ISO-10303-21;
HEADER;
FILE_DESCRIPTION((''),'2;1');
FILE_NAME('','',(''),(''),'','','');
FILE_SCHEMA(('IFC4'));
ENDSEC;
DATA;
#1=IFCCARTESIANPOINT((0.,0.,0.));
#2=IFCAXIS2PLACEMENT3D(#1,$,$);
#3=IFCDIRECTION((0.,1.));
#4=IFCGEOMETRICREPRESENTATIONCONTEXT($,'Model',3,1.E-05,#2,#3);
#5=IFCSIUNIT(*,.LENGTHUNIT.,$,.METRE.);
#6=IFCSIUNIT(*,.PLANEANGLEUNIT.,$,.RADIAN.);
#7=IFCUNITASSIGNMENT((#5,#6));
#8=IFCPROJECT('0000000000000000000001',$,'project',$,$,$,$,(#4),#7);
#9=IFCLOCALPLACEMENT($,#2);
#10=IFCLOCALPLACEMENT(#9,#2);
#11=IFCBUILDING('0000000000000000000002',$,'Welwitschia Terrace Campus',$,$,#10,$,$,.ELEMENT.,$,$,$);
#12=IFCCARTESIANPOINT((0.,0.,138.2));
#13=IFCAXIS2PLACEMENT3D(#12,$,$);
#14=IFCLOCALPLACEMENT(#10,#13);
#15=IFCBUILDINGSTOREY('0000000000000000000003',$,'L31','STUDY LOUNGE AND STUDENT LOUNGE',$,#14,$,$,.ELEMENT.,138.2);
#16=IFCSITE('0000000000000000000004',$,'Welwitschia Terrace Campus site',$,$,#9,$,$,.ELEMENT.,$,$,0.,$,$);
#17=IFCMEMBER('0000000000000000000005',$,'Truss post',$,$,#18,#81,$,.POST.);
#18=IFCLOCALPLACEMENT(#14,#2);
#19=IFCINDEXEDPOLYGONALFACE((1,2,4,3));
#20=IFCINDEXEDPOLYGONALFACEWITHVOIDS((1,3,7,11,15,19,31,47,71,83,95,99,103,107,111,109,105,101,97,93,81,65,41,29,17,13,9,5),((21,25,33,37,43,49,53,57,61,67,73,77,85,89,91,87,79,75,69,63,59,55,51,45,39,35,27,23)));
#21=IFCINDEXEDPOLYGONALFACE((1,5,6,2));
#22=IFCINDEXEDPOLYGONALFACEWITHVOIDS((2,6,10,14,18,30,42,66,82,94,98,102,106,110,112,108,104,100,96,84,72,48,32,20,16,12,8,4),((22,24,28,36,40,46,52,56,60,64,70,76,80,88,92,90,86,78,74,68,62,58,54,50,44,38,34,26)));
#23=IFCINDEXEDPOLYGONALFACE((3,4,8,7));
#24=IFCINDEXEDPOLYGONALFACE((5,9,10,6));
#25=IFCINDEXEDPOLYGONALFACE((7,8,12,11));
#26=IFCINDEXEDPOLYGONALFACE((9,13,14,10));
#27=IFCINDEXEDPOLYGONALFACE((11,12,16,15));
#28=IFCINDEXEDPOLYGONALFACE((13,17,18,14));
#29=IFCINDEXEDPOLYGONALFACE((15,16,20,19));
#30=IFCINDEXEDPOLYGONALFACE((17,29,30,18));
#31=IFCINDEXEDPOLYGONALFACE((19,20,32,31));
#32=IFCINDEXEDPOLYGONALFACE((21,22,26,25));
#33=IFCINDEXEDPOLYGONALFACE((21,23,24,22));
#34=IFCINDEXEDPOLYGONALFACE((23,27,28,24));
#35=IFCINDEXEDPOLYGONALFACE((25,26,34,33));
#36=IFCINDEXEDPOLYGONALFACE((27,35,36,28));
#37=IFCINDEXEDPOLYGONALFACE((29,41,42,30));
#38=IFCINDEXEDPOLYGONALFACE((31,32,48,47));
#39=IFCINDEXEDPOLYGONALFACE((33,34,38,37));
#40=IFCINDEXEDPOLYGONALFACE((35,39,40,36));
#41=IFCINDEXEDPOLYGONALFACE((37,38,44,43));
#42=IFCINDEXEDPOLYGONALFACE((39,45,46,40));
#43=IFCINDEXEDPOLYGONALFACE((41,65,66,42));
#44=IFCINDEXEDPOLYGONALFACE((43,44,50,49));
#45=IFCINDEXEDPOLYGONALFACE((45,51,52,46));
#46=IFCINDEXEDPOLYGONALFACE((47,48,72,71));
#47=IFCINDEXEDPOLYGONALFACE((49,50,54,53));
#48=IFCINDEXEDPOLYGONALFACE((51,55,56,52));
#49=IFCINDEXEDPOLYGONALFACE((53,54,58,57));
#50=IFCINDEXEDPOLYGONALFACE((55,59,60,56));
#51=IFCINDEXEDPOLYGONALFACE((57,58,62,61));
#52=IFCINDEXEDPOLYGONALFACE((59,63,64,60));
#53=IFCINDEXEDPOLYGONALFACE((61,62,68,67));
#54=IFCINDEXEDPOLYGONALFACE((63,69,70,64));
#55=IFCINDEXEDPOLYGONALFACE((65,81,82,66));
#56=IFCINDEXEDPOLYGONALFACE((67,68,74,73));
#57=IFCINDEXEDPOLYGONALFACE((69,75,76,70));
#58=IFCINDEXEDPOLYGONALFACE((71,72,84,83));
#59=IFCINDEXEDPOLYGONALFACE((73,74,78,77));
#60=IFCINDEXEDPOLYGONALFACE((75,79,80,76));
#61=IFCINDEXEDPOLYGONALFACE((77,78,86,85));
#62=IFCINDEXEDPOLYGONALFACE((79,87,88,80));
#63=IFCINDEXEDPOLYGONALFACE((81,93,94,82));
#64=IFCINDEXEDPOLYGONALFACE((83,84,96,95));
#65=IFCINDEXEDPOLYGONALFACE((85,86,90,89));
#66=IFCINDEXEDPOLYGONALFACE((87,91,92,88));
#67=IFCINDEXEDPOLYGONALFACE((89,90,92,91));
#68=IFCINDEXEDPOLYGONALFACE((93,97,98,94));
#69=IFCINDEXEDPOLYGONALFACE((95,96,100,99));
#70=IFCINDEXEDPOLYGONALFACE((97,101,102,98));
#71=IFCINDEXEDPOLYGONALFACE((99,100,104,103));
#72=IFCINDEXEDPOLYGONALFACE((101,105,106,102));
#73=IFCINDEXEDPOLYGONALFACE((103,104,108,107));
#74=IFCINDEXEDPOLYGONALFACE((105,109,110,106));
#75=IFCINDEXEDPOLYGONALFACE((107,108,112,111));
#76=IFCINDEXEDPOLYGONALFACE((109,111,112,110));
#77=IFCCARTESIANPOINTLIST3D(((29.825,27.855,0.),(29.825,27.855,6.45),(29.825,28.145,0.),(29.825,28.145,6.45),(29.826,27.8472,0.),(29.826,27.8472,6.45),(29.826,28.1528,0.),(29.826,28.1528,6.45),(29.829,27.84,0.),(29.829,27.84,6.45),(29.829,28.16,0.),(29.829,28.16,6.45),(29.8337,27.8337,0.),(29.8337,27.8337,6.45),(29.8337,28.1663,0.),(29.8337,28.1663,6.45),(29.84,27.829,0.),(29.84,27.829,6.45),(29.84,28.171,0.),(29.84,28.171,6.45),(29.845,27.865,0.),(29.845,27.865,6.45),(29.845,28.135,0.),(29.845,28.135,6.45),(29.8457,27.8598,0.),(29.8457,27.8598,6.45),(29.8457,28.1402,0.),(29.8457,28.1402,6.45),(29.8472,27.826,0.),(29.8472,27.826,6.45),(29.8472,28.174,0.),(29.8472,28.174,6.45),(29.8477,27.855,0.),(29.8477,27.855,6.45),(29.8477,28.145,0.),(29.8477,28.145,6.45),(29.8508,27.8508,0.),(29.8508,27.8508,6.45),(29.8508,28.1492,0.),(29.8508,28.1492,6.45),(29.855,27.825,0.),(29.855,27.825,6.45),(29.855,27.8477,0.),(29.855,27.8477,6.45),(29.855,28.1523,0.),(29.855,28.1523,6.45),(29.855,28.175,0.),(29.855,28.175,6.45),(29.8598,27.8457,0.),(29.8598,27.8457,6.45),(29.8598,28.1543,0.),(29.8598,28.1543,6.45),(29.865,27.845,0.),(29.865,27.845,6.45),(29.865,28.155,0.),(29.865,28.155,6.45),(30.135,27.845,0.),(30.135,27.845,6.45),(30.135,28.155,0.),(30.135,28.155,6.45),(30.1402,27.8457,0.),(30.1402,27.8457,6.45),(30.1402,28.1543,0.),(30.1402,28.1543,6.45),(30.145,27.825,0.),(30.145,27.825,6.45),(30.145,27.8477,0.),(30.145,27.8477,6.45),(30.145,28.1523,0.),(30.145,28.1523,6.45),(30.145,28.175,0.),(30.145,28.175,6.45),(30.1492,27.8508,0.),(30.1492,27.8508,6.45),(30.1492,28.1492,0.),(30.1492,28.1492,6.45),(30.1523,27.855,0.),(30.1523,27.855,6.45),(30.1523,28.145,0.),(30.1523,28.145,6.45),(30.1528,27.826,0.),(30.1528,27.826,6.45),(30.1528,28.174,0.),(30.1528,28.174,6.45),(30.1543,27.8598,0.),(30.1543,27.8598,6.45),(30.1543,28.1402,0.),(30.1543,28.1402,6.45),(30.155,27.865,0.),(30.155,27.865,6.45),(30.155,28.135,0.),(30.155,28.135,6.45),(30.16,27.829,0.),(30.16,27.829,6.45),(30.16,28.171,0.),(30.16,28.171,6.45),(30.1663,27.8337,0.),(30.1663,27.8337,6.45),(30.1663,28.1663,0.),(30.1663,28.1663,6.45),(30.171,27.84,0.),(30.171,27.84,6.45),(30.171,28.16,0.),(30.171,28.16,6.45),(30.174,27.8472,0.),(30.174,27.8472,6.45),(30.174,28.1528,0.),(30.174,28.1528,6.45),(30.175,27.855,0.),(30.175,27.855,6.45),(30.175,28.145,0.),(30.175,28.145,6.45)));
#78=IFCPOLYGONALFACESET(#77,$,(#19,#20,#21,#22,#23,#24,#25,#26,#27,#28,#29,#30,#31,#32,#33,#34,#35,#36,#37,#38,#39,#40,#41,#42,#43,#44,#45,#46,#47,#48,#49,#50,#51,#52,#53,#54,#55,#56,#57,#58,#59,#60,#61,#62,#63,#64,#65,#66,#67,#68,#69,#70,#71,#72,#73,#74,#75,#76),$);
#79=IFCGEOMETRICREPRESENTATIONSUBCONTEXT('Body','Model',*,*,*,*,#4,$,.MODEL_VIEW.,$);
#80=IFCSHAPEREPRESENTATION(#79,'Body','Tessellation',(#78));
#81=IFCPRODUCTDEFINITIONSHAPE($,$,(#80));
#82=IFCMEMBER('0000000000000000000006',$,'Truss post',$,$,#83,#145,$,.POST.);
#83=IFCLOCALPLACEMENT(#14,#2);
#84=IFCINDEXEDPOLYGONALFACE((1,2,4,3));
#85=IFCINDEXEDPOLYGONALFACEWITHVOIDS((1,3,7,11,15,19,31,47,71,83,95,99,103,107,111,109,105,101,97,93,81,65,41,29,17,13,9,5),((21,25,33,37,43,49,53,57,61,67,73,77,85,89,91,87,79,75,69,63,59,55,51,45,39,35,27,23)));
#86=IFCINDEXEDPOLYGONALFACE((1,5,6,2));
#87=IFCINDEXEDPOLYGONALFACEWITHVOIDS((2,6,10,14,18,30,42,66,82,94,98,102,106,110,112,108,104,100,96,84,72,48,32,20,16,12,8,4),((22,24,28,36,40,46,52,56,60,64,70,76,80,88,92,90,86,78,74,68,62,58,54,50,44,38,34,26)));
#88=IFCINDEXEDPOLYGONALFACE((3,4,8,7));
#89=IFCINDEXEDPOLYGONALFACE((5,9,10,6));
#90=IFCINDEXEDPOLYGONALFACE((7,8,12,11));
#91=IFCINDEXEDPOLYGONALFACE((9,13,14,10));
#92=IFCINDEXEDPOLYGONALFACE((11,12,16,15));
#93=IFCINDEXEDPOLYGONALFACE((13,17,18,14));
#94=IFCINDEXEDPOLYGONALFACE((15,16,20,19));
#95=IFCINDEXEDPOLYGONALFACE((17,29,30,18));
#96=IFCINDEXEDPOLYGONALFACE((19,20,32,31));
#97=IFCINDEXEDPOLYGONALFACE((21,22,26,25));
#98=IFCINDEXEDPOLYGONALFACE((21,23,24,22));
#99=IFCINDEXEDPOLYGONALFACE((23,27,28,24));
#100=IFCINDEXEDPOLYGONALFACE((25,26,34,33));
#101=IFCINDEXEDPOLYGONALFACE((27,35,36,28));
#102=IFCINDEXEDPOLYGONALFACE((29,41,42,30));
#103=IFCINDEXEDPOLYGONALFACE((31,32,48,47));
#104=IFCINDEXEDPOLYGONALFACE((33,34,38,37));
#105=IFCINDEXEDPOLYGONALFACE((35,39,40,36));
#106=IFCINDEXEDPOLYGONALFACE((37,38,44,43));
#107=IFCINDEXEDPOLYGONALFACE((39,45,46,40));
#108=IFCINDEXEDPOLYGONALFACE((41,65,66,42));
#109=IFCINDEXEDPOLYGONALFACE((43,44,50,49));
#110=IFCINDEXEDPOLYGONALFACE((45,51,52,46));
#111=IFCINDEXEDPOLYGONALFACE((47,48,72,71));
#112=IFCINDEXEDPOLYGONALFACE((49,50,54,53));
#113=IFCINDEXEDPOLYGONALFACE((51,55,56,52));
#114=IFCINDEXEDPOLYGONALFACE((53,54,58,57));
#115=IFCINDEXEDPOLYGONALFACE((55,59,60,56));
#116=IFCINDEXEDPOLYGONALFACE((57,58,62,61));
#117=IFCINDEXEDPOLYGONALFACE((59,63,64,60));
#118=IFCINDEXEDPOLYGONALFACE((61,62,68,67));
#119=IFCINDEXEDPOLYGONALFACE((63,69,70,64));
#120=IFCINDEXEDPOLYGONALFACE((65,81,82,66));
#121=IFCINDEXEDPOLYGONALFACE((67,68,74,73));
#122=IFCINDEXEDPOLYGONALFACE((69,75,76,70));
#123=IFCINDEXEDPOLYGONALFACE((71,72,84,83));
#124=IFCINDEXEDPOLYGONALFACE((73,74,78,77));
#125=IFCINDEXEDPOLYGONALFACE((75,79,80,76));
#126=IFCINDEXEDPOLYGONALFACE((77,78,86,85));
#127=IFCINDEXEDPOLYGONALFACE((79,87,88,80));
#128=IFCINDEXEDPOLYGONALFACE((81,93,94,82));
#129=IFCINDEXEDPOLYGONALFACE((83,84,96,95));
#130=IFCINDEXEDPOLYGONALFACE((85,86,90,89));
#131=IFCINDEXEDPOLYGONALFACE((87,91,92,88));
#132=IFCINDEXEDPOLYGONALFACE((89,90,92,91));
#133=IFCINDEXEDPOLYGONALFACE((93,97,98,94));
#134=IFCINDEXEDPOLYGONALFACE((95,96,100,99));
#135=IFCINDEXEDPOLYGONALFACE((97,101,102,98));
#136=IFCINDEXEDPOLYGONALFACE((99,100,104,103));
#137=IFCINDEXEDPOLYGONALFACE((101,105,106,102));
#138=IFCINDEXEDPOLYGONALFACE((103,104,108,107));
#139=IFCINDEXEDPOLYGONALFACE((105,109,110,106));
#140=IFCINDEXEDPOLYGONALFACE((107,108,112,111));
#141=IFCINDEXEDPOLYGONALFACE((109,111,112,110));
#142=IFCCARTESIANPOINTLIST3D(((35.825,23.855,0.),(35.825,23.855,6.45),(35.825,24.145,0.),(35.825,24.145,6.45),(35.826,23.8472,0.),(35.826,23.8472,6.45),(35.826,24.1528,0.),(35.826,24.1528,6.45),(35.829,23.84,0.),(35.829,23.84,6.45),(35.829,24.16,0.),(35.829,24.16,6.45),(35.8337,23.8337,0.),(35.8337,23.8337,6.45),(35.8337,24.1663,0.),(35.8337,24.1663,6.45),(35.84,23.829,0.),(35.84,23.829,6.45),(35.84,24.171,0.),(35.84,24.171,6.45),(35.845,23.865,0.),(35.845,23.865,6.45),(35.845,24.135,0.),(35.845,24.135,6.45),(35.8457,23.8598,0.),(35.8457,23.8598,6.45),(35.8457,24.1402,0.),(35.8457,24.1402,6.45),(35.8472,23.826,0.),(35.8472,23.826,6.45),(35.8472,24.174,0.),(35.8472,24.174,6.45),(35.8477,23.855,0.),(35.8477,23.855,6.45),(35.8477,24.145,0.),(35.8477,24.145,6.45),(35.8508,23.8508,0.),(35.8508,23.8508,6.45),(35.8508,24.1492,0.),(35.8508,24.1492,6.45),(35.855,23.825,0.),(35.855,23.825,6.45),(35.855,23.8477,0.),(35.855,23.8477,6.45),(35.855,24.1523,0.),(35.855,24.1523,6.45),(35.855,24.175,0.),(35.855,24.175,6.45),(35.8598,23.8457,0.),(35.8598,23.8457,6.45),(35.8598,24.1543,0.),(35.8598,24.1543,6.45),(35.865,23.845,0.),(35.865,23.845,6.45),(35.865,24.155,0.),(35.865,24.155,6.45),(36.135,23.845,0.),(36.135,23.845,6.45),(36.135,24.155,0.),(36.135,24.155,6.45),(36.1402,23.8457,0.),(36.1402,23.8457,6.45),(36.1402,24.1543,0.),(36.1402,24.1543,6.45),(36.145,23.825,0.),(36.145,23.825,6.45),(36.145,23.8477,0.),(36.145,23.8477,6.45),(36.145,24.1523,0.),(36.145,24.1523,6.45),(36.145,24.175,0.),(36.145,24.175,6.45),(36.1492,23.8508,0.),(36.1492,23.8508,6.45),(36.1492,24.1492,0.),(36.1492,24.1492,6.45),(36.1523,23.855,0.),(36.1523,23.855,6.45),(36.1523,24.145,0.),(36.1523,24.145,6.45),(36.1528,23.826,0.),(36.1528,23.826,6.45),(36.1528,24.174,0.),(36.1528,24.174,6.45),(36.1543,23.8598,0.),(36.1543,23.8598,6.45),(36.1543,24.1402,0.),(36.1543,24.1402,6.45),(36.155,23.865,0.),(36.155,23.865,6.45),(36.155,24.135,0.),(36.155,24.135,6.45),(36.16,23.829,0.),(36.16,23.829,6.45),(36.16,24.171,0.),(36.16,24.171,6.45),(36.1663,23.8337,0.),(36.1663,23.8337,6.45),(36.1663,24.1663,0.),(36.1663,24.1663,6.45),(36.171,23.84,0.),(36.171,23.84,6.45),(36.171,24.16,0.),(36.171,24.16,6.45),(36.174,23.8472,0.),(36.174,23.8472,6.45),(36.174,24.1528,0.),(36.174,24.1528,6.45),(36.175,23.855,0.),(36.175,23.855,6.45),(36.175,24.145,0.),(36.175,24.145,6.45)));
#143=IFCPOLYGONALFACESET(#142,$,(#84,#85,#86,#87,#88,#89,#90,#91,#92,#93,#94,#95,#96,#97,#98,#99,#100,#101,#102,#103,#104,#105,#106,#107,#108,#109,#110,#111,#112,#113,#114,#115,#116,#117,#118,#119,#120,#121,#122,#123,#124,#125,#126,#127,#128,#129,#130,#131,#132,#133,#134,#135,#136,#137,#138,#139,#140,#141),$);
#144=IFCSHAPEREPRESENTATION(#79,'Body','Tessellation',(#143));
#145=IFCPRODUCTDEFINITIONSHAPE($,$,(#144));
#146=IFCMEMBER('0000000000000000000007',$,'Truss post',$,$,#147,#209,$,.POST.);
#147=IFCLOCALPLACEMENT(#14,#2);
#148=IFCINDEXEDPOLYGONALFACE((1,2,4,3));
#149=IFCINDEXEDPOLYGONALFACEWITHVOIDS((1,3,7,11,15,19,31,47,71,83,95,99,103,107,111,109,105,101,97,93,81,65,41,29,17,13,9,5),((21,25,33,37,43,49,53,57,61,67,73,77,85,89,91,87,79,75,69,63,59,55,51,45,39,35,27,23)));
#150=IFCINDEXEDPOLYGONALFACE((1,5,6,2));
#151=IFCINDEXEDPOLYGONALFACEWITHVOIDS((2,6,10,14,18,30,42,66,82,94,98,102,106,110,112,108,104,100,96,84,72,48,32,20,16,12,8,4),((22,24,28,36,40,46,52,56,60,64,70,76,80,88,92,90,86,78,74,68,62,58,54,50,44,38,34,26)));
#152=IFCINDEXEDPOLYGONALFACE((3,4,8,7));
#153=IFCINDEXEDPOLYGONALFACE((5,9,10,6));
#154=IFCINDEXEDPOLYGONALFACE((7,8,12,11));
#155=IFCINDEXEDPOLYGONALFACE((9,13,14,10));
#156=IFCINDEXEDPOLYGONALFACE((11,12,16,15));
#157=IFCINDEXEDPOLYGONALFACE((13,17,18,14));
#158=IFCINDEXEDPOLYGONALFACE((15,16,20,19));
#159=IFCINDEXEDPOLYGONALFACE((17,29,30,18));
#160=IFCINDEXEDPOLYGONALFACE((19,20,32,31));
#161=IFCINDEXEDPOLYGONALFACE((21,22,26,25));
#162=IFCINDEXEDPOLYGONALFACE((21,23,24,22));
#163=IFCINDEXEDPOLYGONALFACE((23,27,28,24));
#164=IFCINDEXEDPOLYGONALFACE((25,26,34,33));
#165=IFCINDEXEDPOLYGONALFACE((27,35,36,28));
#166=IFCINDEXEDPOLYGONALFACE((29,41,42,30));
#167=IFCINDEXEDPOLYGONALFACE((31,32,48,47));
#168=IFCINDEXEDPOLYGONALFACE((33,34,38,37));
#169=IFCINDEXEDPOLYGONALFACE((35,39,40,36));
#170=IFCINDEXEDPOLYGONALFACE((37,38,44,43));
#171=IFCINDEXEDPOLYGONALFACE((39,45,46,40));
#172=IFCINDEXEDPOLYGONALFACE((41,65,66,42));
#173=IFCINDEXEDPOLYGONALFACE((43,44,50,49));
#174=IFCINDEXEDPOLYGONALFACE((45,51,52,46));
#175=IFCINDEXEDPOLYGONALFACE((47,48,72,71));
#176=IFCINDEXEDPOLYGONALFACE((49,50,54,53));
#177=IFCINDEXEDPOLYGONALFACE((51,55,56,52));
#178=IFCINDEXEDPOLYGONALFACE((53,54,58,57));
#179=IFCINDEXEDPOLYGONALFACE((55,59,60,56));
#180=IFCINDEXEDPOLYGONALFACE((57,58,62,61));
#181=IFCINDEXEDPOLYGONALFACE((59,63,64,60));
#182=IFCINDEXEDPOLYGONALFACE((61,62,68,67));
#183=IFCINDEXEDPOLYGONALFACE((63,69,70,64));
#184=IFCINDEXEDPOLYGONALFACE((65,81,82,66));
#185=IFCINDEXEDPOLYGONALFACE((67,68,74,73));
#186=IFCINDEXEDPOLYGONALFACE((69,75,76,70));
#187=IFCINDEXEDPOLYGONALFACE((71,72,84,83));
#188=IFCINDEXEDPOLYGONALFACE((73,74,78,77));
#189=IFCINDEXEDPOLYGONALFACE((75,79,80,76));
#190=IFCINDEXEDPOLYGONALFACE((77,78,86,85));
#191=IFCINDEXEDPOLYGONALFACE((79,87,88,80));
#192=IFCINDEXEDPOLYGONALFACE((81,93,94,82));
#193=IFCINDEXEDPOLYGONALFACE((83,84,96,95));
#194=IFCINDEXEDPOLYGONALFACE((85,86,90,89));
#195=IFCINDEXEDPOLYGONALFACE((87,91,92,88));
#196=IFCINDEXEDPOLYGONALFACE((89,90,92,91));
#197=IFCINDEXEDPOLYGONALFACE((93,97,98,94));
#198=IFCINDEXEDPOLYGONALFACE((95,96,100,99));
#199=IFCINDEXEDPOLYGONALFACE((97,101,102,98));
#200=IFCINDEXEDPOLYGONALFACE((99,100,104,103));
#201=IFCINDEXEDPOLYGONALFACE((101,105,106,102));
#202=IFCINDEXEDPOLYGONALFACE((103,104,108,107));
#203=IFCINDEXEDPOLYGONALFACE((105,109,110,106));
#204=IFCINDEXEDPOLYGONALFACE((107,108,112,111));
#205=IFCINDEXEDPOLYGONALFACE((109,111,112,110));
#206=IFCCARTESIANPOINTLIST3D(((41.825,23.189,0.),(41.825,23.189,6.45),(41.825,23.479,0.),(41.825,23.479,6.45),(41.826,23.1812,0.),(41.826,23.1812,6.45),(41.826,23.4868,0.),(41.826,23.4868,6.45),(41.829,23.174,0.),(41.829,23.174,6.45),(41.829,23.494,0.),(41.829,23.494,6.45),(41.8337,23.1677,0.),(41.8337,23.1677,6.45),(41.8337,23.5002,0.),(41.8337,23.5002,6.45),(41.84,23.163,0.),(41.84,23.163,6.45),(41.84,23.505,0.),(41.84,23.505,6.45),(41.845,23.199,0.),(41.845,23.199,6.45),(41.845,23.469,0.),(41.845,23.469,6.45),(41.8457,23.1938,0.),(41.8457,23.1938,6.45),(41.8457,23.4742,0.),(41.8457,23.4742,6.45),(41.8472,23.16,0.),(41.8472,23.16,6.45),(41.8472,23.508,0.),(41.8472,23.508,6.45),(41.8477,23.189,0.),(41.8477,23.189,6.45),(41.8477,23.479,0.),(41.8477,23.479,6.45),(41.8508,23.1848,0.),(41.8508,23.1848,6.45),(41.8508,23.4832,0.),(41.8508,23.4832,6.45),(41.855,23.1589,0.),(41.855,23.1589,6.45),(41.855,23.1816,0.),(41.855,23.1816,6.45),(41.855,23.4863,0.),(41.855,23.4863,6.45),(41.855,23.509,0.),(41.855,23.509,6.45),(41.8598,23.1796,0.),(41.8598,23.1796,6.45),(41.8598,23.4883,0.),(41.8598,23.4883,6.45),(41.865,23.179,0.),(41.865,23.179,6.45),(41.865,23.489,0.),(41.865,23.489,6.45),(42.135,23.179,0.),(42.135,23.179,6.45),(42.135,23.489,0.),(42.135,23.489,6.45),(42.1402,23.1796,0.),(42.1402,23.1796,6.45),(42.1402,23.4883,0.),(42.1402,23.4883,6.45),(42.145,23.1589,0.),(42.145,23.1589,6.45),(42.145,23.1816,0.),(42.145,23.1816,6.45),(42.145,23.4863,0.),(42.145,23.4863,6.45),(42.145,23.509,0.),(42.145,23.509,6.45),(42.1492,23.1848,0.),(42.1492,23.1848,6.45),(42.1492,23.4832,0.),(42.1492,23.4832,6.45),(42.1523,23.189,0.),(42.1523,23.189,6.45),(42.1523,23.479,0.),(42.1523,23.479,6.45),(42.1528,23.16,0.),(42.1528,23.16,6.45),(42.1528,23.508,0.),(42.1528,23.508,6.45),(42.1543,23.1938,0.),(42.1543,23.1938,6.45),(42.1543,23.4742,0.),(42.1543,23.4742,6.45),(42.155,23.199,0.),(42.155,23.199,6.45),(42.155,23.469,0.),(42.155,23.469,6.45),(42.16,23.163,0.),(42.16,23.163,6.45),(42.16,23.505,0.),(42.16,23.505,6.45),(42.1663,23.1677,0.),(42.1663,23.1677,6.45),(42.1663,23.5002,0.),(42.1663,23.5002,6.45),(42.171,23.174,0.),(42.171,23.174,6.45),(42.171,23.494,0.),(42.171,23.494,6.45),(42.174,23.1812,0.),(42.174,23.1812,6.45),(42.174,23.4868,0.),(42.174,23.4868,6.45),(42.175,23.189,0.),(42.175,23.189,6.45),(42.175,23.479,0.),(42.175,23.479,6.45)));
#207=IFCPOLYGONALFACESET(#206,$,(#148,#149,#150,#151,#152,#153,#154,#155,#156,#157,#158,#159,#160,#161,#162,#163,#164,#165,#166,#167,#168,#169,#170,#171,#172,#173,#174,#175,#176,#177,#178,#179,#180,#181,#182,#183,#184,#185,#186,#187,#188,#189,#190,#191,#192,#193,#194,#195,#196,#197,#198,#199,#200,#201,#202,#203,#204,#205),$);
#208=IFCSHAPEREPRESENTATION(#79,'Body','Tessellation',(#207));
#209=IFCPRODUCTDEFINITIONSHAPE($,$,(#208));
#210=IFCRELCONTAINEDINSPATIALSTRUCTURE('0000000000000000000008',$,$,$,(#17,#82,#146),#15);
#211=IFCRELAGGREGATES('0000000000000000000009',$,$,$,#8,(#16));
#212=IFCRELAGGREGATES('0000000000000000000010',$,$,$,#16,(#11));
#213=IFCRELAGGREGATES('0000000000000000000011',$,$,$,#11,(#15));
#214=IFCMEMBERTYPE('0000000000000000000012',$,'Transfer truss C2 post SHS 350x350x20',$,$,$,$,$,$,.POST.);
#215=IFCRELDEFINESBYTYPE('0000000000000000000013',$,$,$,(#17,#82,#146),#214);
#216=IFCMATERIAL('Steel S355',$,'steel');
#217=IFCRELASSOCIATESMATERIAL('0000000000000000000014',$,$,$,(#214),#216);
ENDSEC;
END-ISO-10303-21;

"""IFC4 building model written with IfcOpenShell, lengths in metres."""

from ifc_helpers import new_model, si_unit, direction, frame, origin, origin_2d, place, context, subcontext, project, spatial, hollow_rectangle, extrude, material, material_profile, profile_set, type_object, element, save


model = new_model("IFC4")

# Units and contexts
model_context = context("Model", 3, precision=1e-05, world=origin(), true_north=direction((0.0, 1.0)))
body_context = subcontext(model_context, "Body", "Model", "MODEL_VIEW")
ifc_project = project(units=[si_unit("LENGTHUNIT", "METRE"), si_unit("PLANEANGLEUNIT", "RADIAN")], contexts=[model_context])

# Site, building, storey
site_placement = place(None, origin())
site = spatial("IfcSite", under=ifc_project, at=site_placement, Name="Welwitschia Terrace Campus site", CompositionType="ELEMENT", RefElevation=0.0)
building_placement = place(site_placement, origin())
building = spatial("IfcBuilding", under=site, at=building_placement, Name="Welwitschia Terrace Campus", CompositionType="ELEMENT")
storey_placement = place(building_placement, frame((0.0, 0.0, 138.2)))
storey = spatial("IfcBuildingStorey", under=building, at=storey_placement, Name="L31", Description="STUDY LOUNGE AND STUDENT LOUNGE", CompositionType="ELEMENT", Elevation=138.2)

# Members
ifc_material_1 = material(Name="Steel S355", Category="steel")
ifc_material_profile_1 = material_profile(ifc_material_1, hollow_rectangle(XDim=0.3501, YDim=0.3501, WallThickness=0.02, InnerFilletRadius=0.02, OuterFilletRadius=0.03, at=origin_2d()))
ifc_profile_set_1 = profile_set([ifc_material_profile_1], Name="Steel S355")
member_type_1 = type_object("IfcMemberType", Name="Transfer truss C2 post SHS 350x350x20", PredefinedType="POST", material=ifc_profile_set_1)
for number, where, z_axis, x_axis, name in (
    (1, (30.0, 28.0, 0.0), (0.0, 0.0, 1.0), (1.0, 0.0, 0.0), "Truss post"),
    (2, (36.0, 24.0, 0.0), (0.0, 0.0, 1.0), (1.0, 0.0, 0.0), "Truss post"),
    (3, (42.0, 23.334, 0.0), (0.0, 0.0, 1.0), (1.0, 0.0, 0.0), "Truss post"),
):
    element("IfcMember", number, at=place(storey_placement, frame(where, z_axis=z_axis, x_axis=x_axis)), inside=storey, type_object=member_type_1, Name=name, PredefinedType="POST", context=body_context, shape_type="SweptSolid", body=[
        extrude(hollow_rectangle(XDim=0.3501, YDim=0.3501, WallThickness=0.02, InnerFilletRadius=0.02, OuterFilletRadius=0.03, at=origin_2d()), origin(), (0.0, 0.0, 1.0), 6.45),
    ])

save(model, "model.ifc")
